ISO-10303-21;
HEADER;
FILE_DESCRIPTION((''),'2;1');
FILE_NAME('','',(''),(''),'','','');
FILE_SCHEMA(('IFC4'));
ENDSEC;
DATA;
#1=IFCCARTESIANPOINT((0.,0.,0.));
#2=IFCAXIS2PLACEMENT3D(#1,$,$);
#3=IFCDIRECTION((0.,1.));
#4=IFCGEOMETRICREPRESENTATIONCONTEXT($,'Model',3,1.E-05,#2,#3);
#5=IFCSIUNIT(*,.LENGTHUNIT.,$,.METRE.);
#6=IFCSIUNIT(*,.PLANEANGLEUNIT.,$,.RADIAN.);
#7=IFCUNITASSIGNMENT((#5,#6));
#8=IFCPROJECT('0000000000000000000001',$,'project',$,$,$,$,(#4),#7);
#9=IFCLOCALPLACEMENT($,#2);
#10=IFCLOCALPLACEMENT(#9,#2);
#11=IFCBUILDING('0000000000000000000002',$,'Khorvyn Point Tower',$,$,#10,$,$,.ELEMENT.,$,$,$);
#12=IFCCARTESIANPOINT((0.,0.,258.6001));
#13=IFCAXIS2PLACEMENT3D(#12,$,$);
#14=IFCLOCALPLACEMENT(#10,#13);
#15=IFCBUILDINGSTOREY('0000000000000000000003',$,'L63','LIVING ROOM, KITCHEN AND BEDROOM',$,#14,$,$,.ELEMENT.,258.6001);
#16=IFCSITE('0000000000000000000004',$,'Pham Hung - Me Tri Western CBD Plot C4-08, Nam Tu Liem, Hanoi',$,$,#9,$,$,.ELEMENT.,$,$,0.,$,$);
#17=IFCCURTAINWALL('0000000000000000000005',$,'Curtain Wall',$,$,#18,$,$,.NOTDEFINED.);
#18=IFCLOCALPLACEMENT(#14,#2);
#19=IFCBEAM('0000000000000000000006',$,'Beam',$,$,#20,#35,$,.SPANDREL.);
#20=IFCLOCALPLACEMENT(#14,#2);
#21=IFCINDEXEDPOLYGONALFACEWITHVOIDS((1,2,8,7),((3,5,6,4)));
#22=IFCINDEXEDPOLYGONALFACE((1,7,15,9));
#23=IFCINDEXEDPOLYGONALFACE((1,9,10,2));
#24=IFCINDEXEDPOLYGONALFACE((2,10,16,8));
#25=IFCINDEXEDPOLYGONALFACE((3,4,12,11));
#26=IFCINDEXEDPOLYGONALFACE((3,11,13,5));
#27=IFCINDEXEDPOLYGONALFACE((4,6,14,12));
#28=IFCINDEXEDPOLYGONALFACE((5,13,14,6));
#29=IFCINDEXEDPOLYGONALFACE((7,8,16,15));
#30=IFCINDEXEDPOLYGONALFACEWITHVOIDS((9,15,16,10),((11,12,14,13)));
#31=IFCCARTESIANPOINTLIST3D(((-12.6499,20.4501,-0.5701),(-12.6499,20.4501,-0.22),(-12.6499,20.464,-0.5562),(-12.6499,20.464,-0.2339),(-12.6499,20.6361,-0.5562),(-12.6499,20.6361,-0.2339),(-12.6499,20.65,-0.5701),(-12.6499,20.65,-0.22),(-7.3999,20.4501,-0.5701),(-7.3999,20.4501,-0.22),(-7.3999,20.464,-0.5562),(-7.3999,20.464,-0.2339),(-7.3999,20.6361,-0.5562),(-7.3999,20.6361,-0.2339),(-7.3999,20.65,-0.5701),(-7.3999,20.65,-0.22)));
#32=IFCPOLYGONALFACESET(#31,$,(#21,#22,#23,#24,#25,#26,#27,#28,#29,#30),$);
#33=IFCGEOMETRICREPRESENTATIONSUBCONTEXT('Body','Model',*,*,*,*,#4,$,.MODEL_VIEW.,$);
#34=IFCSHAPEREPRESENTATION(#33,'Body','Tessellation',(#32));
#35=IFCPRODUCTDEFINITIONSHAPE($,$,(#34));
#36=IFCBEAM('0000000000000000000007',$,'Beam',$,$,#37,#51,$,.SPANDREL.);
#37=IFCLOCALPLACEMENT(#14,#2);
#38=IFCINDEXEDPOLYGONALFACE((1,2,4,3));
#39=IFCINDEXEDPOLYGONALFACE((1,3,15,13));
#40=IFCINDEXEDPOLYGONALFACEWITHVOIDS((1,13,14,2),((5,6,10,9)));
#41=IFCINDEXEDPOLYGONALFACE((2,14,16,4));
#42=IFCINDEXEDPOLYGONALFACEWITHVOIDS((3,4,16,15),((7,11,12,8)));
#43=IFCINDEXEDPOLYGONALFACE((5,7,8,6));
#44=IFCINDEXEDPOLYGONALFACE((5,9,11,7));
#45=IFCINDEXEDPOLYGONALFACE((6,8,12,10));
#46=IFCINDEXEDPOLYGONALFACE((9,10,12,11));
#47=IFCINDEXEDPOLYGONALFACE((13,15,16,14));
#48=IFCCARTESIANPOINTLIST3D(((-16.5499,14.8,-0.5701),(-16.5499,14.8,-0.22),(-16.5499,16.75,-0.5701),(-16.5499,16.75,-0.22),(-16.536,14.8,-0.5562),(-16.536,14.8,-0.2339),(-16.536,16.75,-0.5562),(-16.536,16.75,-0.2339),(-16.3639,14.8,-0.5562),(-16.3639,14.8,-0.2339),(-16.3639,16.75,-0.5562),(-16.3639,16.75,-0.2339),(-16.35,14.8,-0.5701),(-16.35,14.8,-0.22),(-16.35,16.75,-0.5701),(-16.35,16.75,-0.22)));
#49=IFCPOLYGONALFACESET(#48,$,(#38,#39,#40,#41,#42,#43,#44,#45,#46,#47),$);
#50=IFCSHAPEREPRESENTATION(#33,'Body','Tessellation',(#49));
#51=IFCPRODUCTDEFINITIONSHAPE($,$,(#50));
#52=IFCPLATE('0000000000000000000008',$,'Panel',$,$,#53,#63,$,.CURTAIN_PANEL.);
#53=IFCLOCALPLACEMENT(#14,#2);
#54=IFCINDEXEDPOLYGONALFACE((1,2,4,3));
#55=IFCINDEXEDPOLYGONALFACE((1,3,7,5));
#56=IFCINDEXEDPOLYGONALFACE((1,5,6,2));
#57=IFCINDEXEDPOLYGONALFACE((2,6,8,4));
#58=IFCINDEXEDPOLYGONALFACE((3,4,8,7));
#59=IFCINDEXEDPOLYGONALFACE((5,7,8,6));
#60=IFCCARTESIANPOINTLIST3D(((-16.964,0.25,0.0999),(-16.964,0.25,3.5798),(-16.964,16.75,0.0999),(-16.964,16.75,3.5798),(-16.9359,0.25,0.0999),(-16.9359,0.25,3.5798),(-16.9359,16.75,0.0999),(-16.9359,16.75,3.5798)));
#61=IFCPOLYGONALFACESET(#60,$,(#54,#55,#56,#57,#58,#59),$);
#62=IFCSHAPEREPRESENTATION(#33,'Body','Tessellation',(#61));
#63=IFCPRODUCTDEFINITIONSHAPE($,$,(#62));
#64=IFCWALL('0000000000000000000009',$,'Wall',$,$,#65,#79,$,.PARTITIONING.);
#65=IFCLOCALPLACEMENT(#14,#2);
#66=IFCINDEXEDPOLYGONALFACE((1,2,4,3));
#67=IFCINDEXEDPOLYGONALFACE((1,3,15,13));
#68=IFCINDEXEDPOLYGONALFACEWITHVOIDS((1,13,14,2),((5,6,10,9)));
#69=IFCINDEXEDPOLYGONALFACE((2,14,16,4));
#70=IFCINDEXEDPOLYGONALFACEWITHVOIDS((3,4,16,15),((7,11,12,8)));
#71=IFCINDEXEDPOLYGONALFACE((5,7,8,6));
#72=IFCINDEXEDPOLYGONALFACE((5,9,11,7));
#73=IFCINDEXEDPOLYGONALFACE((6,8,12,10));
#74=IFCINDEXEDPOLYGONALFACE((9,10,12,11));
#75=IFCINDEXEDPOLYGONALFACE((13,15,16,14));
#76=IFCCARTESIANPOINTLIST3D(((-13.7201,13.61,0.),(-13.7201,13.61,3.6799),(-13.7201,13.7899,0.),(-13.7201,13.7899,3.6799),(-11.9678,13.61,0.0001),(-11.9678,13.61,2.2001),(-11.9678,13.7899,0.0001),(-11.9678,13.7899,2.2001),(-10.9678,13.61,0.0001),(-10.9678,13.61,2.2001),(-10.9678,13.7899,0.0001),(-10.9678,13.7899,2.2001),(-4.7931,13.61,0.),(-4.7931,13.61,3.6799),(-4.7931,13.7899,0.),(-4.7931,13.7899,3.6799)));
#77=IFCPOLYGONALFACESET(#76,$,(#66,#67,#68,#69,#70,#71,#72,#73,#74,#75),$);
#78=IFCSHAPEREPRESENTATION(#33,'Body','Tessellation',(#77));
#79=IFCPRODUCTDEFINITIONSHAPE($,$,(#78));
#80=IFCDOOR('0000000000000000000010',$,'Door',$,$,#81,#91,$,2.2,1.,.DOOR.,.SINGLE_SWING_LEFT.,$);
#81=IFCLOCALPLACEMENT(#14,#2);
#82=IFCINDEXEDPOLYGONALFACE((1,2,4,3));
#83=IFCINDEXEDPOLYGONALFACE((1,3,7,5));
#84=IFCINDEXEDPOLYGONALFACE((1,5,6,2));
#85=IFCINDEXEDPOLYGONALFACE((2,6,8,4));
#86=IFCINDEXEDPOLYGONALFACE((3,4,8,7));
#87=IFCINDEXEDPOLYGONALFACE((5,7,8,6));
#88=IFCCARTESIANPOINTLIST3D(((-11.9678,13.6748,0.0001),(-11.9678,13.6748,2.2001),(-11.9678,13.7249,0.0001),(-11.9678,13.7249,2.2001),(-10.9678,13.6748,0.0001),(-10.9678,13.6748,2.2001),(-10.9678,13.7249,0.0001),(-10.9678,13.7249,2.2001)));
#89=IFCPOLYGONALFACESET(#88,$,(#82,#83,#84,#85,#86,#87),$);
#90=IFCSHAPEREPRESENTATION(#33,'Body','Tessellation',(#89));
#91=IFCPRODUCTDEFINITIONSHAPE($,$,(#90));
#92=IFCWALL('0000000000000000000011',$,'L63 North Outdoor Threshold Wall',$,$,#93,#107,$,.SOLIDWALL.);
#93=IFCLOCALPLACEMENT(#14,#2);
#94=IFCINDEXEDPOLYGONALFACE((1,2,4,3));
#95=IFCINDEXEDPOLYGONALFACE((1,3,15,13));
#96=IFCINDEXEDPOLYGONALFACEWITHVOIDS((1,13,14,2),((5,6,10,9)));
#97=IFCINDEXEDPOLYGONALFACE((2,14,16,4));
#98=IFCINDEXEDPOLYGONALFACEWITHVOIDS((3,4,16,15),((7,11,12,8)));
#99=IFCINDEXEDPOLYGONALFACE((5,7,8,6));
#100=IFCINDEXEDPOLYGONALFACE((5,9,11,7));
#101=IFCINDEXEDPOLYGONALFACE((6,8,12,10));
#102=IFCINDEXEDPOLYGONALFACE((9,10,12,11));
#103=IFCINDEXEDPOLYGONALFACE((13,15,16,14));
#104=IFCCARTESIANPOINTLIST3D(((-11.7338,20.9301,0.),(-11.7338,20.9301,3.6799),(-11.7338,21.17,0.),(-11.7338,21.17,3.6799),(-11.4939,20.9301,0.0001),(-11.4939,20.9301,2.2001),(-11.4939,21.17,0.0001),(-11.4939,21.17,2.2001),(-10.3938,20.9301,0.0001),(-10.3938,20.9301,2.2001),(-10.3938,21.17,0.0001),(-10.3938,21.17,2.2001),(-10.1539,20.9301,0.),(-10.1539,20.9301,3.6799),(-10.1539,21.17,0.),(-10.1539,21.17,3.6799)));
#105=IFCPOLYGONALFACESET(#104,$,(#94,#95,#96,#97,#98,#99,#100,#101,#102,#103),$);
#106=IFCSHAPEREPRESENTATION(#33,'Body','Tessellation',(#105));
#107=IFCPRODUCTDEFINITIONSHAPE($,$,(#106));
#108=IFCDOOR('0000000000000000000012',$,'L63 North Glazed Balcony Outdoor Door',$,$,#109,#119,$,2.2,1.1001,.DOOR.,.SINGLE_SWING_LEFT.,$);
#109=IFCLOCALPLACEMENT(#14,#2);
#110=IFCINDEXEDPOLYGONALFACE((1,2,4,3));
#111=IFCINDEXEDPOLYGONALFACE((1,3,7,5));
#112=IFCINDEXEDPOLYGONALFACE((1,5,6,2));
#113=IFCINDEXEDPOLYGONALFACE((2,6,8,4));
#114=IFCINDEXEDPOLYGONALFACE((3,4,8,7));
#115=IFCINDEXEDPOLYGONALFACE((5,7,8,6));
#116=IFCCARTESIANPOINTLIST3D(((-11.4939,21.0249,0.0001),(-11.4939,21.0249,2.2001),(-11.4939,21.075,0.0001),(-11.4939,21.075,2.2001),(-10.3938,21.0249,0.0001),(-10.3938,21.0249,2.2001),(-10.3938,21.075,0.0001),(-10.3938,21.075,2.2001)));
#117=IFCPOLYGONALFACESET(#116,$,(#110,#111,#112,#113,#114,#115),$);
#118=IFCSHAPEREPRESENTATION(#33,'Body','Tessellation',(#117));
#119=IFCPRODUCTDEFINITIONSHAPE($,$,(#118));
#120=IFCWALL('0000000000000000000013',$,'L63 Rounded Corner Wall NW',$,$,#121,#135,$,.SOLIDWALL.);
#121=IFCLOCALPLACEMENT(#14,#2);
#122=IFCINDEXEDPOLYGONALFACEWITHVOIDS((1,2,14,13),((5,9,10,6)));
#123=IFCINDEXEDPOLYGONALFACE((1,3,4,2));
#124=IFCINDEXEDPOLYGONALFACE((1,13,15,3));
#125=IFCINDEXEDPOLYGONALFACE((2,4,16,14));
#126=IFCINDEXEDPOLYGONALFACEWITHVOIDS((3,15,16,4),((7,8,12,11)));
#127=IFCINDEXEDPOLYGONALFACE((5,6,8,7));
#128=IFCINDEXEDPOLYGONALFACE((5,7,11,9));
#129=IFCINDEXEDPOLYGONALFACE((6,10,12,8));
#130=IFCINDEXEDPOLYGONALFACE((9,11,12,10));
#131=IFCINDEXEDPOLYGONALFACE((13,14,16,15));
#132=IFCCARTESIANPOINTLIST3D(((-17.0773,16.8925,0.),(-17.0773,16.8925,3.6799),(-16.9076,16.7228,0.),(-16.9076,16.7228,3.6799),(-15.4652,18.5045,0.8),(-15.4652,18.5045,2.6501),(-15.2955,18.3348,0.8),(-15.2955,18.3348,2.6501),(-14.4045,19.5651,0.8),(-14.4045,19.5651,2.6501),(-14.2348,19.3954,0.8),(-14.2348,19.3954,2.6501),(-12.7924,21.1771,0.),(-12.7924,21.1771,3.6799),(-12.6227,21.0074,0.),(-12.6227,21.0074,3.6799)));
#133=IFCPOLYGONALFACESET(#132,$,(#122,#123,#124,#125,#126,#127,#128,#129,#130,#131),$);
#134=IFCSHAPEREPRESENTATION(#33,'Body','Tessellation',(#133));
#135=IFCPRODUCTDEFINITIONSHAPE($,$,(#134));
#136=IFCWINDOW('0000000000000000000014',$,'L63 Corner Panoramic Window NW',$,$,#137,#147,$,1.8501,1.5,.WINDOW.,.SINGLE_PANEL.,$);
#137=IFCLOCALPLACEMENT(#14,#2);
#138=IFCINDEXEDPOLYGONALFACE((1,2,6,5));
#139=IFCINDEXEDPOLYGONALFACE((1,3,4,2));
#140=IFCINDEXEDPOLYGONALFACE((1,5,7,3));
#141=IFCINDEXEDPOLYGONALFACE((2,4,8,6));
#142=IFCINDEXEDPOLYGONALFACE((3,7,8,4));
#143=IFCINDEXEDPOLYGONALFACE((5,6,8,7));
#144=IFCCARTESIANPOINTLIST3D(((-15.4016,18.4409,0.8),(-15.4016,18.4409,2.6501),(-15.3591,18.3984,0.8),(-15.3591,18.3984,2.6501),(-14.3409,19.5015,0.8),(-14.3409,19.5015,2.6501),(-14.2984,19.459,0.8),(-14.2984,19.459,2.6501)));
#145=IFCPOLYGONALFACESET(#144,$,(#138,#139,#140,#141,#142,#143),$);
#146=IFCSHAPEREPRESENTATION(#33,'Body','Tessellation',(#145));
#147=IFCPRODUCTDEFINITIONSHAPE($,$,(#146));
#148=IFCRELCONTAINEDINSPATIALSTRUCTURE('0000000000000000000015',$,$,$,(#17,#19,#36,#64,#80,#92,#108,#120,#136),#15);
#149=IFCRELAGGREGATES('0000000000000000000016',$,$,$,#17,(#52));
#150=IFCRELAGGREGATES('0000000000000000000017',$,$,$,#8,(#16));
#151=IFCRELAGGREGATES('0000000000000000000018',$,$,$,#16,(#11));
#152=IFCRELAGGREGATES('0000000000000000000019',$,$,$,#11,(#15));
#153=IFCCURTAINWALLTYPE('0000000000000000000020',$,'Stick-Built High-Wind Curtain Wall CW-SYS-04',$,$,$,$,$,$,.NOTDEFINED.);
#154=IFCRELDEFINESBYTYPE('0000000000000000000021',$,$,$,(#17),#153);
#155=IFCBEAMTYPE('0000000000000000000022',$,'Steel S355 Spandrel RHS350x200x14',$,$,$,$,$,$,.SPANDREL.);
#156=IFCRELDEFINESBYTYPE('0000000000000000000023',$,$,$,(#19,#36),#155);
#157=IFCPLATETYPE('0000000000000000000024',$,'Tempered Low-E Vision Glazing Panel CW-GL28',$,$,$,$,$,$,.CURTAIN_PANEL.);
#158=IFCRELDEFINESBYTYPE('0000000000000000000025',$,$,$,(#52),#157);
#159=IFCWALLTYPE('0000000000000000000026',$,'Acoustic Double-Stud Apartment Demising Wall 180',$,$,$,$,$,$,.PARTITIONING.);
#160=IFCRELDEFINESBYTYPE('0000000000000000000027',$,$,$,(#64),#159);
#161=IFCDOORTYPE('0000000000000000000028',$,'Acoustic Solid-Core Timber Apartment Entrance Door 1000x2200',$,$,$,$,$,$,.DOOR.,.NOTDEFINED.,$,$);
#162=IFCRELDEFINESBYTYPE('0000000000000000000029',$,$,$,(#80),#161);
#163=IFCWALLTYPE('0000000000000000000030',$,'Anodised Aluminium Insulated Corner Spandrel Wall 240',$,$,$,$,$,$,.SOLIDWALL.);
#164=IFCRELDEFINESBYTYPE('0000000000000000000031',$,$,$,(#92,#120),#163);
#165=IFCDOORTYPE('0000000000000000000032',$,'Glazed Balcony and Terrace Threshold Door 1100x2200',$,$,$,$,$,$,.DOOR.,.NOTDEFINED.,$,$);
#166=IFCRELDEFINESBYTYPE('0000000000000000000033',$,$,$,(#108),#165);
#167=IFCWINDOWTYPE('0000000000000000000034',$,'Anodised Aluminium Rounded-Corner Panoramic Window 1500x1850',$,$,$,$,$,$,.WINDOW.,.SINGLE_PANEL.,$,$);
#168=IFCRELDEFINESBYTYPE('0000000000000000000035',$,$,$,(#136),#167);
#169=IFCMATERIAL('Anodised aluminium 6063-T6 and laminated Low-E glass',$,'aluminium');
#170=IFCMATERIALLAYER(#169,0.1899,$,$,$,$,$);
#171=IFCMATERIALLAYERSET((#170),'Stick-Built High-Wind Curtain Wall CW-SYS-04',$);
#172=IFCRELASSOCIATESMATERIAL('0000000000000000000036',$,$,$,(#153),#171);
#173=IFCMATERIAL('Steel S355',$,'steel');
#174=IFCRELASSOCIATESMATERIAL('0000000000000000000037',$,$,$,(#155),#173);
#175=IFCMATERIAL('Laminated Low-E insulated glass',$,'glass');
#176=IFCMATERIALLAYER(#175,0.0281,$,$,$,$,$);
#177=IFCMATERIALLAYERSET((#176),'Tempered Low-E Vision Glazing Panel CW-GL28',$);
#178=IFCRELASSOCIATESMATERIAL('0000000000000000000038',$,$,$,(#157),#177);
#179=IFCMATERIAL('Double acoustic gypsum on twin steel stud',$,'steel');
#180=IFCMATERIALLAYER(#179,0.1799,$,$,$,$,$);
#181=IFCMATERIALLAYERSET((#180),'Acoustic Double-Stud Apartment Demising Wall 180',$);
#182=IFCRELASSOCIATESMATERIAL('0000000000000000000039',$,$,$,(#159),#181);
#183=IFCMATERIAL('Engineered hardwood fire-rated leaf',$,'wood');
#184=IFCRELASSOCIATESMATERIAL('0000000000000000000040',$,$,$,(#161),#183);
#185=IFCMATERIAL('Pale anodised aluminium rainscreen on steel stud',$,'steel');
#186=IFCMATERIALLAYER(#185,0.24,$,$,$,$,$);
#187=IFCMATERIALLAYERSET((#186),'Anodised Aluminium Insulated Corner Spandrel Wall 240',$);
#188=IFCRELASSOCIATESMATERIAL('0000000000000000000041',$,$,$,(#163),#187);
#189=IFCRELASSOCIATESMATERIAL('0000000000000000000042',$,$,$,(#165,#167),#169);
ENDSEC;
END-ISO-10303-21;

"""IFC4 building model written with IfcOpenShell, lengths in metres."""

from ifc_helpers import new_model, si_unit, direction, frame, frame_2d, origin, origin_2d, place, context, subcontext, project, spatial, rectangle, hollow_rectangle, extrude, material, layer, layer_set, material_profile, profile_set, type_object, element, fill, aggregate, save


model = new_model("IFC4")

# Units and contexts
model_context = context("Model", 3, precision=1e-05, world=origin(), true_north=direction((0.0, 1.0)))
body_context = subcontext(model_context, "Body", "Model", "MODEL_VIEW")
ifc_project = project(units=[si_unit("LENGTHUNIT", "METRE"), si_unit("PLANEANGLEUNIT", "RADIAN")], contexts=[model_context])

# Site, building, storey
site_placement = place(None, origin())
site = spatial("IfcSite", under=ifc_project, at=site_placement, Name="Pham Hung - Me Tri Western CBD Plot C4-08, Nam Tu Liem, Hanoi", CompositionType="ELEMENT", RefElevation=0.0)
building_placement = place(site_placement, origin())
building = spatial("IfcBuilding", under=site, at=building_placement, Name="Khorvyn Point Tower", CompositionType="ELEMENT")
storey_placement = place(building_placement, frame((0.0, 0.0, 258.6001)))
storey = spatial("IfcBuildingStorey", under=building, at=storey_placement, Name="L63", Description="LIVING ROOM, KITCHEN AND BEDROOM", CompositionType="ELEMENT", Elevation=258.6001)

# Shared definitions
ifc_material_1 = material(Name="Steel S355", Category="steel")

# Curtain wall
ifc_material_2 = material(Name="Anodised aluminium 6063-T6 and laminated Low-E glass", Category="aluminium")
ifc_layer_1 = layer(ifc_material_2, 0.1899)
ifc_layer_set_1 = layer_set([ifc_layer_1], Name="Stick-Built High-Wind Curtain Wall CW-SYS-04")
curtain_wall_type = type_object("IfcCurtainWallType", Name="Stick-Built High-Wind Curtain Wall CW-SYS-04", PredefinedType="NOTDEFINED", material=ifc_layer_set_1)
curtain_wall_1_placement = place(storey_placement, origin())
curtain_wall_1 = element("IfcCurtainWall", 1, at=curtain_wall_1_placement, inside=storey, type_object=curtain_wall_type, Name="Curtain Wall", PredefinedType="NOTDEFINED")

# Beams
ifc_material_profile_1 = material_profile(ifc_material_1, hollow_rectangle(XDim=0.2, YDim=0.3501, WallThickness=0.0139, at=origin_2d()))
ifc_profile_set_1 = profile_set([ifc_material_profile_1], Name="Steel S355 RHS350x200x14")
beam_type_1 = type_object("IfcBeamType", Name="Steel S355 Spandrel RHS350x200x14", PredefinedType="SPANDREL", material=ifc_profile_set_1)
beam_1_placement = place(storey_placement, frame((-12.6499, 20.55, -0.395), z_axis=(1.0, 0.0, 0.0), x_axis=(0.0, 1.0, 0.0)))
element("IfcBeam", 2, at=beam_1_placement, inside=storey, type_object=beam_type_1, Name="Beam", PredefinedType="SPANDREL", context=body_context, shape_type="SweptSolid", body=[
    extrude(hollow_rectangle(XDim=0.2, YDim=0.3501, WallThickness=0.0139, at=origin_2d()), origin(), (0.0, 0.0, 1.0), 5.25),
])
beam_2_placement = place(storey_placement, frame((-16.45, 14.8, -0.395), z_axis=(0.0, 1.0, 0.0), x_axis=(-1.0, 0.0, 0.0)))
element("IfcBeam", 3, at=beam_2_placement, inside=storey, type_object=beam_type_1, Name="Beam", PredefinedType="SPANDREL", context=body_context, shape_type="SweptSolid", body=[
    extrude(hollow_rectangle(XDim=0.2, YDim=0.3501, WallThickness=0.0139, at=origin_2d()), origin(), (0.0, 0.0, 1.0), 1.95),
])

# Plate
ifc_material_3 = material(Name="Laminated Low-E insulated glass", Category="glass")
ifc_layer_2 = layer(ifc_material_3, 0.0281)
ifc_layer_set_2 = layer_set([ifc_layer_2], Name="Tempered Low-E Vision Glazing Panel CW-GL28")
plate_type = type_object("IfcPlateType", Name="Tempered Low-E Vision Glazing Panel CW-GL28", PredefinedType="CURTAIN_PANEL", material=ifc_layer_set_2)
plate_placement = place(storey_placement, frame((-16.95, 8.5, 0.0999), z_axis=(0.0, 0.0, 1.0), x_axis=(0.0, 1.0, 0.0)))
plate = element("IfcPlate", 4, at=plate_placement, type_object=plate_type, Name="Panel", PredefinedType="CURTAIN_PANEL", context=body_context, shape_type="SweptSolid", body=[
    extrude(rectangle(XDim=16.5, YDim=0.0281, at=origin_2d()), origin(), (0.0, 0.0, 1.0), 3.48),
])
aggregate(curtain_wall_1, [plate])

# Walls, openings, doors
ifc_material_4 = material(Name="Double acoustic gypsum on twin steel stud", Category="steel")
ifc_layer_3 = layer(ifc_material_4, 0.1799)
ifc_layer_set_3 = layer_set([ifc_layer_3], Name="Acoustic Double-Stud Apartment Demising Wall 180")
wall_type_1 = type_object("IfcWallType", Name="Acoustic Double-Stud Apartment Demising Wall 180", PredefinedType="PARTITIONING", material=ifc_layer_set_3)
wall_1_placement = place(storey_placement, frame((-13.72, 13.7, 0.0), z_axis=(0.0, 0.0, 1.0), x_axis=(1.0, 0.0, 0.0)))
wall_1 = element("IfcWall", 5, at=wall_1_placement, inside=storey, type_object=wall_type_1, Name="Wall", PredefinedType="PARTITIONING", context=body_context, shape_type="SweptSolid", body=[
    extrude(rectangle(XDim=8.927, YDim=0.1799, at=frame_2d((4.4634, 0.0))), origin(), (0.0, 0.0, 1.0), 3.6799),
])
opening_1_placement = place(wall_1_placement, frame((1.7522, 0.0, 0.0)))
opening_1 = element("IfcOpeningElement", 6, at=opening_1_placement, cuts=wall_1, PredefinedType="OPENING", context=body_context, shape_type="SweptSolid", body=[
    extrude(rectangle(XDim=1.0, YDim=2.2, at=frame_2d((0.5, 1.1001))), frame((0.0, 0.0999, 0.0), z_axis=(0.0, -1.0, 0.0), x_axis=(1.0, 0.0, 0.0)), (0.0, 0.0, 1.0), 0.2),
])
ifc_material_5 = material(Name="Engineered hardwood fire-rated leaf", Category="wood")
door_type_1 = type_object("IfcDoorType", Name="Acoustic Solid-Core Timber Apartment Entrance Door 1000x2200", OperationType="NOTDEFINED", PredefinedType="DOOR", material=ifc_material_5)
door_1_placement = place(opening_1_placement, origin())
door_1 = element("IfcDoor", 7, at=door_1_placement, inside=storey, type_object=door_type_1, Name="Door", OperationType="SINGLE_SWING_LEFT", OverallHeight=2.2, OverallWidth=1.0, PredefinedType="DOOR", context=body_context, shape_type="SweptSolid", body=[
    extrude(rectangle(XDim=1.0, YDim=2.2, at=frame_2d((0.5, 1.1001))), frame((0.0, 0.0249, 0.0), z_axis=(0.0, -1.0, 0.0), x_axis=(1.0, 0.0, 0.0)), (0.0, 0.0, 1.0), 0.05),
])
fill(opening_1, door_1)
ifc_material_6 = material(Name="Pale anodised aluminium rainscreen on steel stud", Category="steel")
ifc_layer_4 = layer(ifc_material_6, 0.24)
ifc_layer_set_4 = layer_set([ifc_layer_4], Name="Anodised Aluminium Insulated Corner Spandrel Wall 240")
wall_type_2 = type_object("IfcWallType", Name="Anodised Aluminium Insulated Corner Spandrel Wall 240", PredefinedType="SOLIDWALL", material=ifc_layer_set_4)
wall_2_placement = place(storey_placement, frame((-11.7339, 21.05, 0.0), z_axis=(0.0, 0.0, 1.0), x_axis=(1.0, 0.0, 0.0)))
wall_2 = element("IfcWall", 8, at=wall_2_placement, inside=storey, type_object=wall_type_2, Name="L63 North Outdoor Threshold Wall", PredefinedType="SOLIDWALL", context=body_context, shape_type="SweptSolid", body=[
    extrude(rectangle(XDim=1.5798, YDim=0.24, at=frame_2d((0.79, 0.0))), origin(), (0.0, 0.0, 1.0), 3.6799),
])
opening_2_placement = place(wall_2_placement, frame((0.24, 0.0, 0.0)))
opening_2 = element("IfcOpeningElement", 9, at=opening_2_placement, cuts=wall_2, PredefinedType="OPENING", context=body_context, shape_type="SweptSolid", body=[
    extrude(rectangle(XDim=1.1001, YDim=2.2, at=frame_2d((0.55, 1.1001))), frame((0.0, 0.1299, 0.0), z_axis=(0.0, -1.0, 0.0), x_axis=(1.0, 0.0, 0.0)), (0.0, 0.0, 1.0), 0.26),
])
door_type_2 = type_object("IfcDoorType", Name="Glazed Balcony and Terrace Threshold Door 1100x2200", OperationType="NOTDEFINED", PredefinedType="DOOR", material=ifc_material_2)
door_2_placement = place(opening_2_placement, origin())
door_2 = element("IfcDoor", 10, at=door_2_placement, inside=storey, type_object=door_type_2, Name="L63 North Glazed Balcony Outdoor Door", OperationType="SINGLE_SWING_LEFT", OverallHeight=2.2, OverallWidth=1.1001, PredefinedType="DOOR", context=body_context, shape_type="SweptSolid", body=[
    extrude(rectangle(XDim=1.1001, YDim=2.2, at=frame_2d((0.55, 1.1001))), frame((0.0, 0.0249, 0.0), z_axis=(0.0, -1.0, 0.0), x_axis=(1.0, 0.0, 0.0)), (0.0, 0.0, 1.0), 0.05),
])
fill(opening_2, door_2)

# Wall, opening, window
wall_3_placement = place(storey_placement, frame((-16.9924, 16.8076, 0.0), z_axis=(0.0, 0.0, 1.0), x_axis=(0.707127, 0.707087, 0.0)))
wall_3 = element("IfcWall", 11, at=wall_3_placement, inside=storey, type_object=wall_type_2, Name="L63 Rounded Corner Wall NW", PredefinedType="SOLIDWALL", context=body_context, shape_type="SweptSolid", body=[
    extrude(rectangle(XDim=6.0596, YDim=0.24, at=frame_2d((3.0298, 0.0))), origin(), (0.0, 0.0, 1.0), 3.6799),
])
opening_3_placement = place(wall_3_placement, frame((2.2798, 0.0, 0.8)))
opening_3 = element("IfcOpeningElement", 12, at=opening_3_placement, cuts=wall_3, PredefinedType="OPENING", context=body_context, shape_type="SweptSolid", body=[
    extrude(rectangle(XDim=1.5, YDim=1.8501, at=frame_2d((0.75, 0.925))), frame((0.0, 0.1299, 0.0), z_axis=(0.0, -1.0, 0.0), x_axis=(1.0, 0.0, 0.0)), (0.0, 0.0, 1.0), 0.26),
])
window_type = type_object("IfcWindowType", Name="Anodised Aluminium Rounded-Corner Panoramic Window 1500x1850", PartitioningType="SINGLE_PANEL", PredefinedType="WINDOW", material=ifc_material_2)
window_placement = place(opening_3_placement, origin())
window = element("IfcWindow", 13, at=window_placement, inside=storey, type_object=window_type, Name="L63 Corner Panoramic Window NW", OverallHeight=1.8501, OverallWidth=1.5, PartitioningType="SINGLE_PANEL", PredefinedType="WINDOW", context=body_context, shape_type="SweptSolid", body=[
    extrude(rectangle(XDim=1.5, YDim=1.8501, at=frame_2d((0.75, 0.925))), frame((0.0, 0.03, 0.0), z_axis=(0.0, -1.0, 0.0), x_axis=(1.0, 0.0, 0.0)), (0.0, 0.0, 1.0), 0.0601),
])
fill(opening_3, window)

save(model, "model.ifc")
